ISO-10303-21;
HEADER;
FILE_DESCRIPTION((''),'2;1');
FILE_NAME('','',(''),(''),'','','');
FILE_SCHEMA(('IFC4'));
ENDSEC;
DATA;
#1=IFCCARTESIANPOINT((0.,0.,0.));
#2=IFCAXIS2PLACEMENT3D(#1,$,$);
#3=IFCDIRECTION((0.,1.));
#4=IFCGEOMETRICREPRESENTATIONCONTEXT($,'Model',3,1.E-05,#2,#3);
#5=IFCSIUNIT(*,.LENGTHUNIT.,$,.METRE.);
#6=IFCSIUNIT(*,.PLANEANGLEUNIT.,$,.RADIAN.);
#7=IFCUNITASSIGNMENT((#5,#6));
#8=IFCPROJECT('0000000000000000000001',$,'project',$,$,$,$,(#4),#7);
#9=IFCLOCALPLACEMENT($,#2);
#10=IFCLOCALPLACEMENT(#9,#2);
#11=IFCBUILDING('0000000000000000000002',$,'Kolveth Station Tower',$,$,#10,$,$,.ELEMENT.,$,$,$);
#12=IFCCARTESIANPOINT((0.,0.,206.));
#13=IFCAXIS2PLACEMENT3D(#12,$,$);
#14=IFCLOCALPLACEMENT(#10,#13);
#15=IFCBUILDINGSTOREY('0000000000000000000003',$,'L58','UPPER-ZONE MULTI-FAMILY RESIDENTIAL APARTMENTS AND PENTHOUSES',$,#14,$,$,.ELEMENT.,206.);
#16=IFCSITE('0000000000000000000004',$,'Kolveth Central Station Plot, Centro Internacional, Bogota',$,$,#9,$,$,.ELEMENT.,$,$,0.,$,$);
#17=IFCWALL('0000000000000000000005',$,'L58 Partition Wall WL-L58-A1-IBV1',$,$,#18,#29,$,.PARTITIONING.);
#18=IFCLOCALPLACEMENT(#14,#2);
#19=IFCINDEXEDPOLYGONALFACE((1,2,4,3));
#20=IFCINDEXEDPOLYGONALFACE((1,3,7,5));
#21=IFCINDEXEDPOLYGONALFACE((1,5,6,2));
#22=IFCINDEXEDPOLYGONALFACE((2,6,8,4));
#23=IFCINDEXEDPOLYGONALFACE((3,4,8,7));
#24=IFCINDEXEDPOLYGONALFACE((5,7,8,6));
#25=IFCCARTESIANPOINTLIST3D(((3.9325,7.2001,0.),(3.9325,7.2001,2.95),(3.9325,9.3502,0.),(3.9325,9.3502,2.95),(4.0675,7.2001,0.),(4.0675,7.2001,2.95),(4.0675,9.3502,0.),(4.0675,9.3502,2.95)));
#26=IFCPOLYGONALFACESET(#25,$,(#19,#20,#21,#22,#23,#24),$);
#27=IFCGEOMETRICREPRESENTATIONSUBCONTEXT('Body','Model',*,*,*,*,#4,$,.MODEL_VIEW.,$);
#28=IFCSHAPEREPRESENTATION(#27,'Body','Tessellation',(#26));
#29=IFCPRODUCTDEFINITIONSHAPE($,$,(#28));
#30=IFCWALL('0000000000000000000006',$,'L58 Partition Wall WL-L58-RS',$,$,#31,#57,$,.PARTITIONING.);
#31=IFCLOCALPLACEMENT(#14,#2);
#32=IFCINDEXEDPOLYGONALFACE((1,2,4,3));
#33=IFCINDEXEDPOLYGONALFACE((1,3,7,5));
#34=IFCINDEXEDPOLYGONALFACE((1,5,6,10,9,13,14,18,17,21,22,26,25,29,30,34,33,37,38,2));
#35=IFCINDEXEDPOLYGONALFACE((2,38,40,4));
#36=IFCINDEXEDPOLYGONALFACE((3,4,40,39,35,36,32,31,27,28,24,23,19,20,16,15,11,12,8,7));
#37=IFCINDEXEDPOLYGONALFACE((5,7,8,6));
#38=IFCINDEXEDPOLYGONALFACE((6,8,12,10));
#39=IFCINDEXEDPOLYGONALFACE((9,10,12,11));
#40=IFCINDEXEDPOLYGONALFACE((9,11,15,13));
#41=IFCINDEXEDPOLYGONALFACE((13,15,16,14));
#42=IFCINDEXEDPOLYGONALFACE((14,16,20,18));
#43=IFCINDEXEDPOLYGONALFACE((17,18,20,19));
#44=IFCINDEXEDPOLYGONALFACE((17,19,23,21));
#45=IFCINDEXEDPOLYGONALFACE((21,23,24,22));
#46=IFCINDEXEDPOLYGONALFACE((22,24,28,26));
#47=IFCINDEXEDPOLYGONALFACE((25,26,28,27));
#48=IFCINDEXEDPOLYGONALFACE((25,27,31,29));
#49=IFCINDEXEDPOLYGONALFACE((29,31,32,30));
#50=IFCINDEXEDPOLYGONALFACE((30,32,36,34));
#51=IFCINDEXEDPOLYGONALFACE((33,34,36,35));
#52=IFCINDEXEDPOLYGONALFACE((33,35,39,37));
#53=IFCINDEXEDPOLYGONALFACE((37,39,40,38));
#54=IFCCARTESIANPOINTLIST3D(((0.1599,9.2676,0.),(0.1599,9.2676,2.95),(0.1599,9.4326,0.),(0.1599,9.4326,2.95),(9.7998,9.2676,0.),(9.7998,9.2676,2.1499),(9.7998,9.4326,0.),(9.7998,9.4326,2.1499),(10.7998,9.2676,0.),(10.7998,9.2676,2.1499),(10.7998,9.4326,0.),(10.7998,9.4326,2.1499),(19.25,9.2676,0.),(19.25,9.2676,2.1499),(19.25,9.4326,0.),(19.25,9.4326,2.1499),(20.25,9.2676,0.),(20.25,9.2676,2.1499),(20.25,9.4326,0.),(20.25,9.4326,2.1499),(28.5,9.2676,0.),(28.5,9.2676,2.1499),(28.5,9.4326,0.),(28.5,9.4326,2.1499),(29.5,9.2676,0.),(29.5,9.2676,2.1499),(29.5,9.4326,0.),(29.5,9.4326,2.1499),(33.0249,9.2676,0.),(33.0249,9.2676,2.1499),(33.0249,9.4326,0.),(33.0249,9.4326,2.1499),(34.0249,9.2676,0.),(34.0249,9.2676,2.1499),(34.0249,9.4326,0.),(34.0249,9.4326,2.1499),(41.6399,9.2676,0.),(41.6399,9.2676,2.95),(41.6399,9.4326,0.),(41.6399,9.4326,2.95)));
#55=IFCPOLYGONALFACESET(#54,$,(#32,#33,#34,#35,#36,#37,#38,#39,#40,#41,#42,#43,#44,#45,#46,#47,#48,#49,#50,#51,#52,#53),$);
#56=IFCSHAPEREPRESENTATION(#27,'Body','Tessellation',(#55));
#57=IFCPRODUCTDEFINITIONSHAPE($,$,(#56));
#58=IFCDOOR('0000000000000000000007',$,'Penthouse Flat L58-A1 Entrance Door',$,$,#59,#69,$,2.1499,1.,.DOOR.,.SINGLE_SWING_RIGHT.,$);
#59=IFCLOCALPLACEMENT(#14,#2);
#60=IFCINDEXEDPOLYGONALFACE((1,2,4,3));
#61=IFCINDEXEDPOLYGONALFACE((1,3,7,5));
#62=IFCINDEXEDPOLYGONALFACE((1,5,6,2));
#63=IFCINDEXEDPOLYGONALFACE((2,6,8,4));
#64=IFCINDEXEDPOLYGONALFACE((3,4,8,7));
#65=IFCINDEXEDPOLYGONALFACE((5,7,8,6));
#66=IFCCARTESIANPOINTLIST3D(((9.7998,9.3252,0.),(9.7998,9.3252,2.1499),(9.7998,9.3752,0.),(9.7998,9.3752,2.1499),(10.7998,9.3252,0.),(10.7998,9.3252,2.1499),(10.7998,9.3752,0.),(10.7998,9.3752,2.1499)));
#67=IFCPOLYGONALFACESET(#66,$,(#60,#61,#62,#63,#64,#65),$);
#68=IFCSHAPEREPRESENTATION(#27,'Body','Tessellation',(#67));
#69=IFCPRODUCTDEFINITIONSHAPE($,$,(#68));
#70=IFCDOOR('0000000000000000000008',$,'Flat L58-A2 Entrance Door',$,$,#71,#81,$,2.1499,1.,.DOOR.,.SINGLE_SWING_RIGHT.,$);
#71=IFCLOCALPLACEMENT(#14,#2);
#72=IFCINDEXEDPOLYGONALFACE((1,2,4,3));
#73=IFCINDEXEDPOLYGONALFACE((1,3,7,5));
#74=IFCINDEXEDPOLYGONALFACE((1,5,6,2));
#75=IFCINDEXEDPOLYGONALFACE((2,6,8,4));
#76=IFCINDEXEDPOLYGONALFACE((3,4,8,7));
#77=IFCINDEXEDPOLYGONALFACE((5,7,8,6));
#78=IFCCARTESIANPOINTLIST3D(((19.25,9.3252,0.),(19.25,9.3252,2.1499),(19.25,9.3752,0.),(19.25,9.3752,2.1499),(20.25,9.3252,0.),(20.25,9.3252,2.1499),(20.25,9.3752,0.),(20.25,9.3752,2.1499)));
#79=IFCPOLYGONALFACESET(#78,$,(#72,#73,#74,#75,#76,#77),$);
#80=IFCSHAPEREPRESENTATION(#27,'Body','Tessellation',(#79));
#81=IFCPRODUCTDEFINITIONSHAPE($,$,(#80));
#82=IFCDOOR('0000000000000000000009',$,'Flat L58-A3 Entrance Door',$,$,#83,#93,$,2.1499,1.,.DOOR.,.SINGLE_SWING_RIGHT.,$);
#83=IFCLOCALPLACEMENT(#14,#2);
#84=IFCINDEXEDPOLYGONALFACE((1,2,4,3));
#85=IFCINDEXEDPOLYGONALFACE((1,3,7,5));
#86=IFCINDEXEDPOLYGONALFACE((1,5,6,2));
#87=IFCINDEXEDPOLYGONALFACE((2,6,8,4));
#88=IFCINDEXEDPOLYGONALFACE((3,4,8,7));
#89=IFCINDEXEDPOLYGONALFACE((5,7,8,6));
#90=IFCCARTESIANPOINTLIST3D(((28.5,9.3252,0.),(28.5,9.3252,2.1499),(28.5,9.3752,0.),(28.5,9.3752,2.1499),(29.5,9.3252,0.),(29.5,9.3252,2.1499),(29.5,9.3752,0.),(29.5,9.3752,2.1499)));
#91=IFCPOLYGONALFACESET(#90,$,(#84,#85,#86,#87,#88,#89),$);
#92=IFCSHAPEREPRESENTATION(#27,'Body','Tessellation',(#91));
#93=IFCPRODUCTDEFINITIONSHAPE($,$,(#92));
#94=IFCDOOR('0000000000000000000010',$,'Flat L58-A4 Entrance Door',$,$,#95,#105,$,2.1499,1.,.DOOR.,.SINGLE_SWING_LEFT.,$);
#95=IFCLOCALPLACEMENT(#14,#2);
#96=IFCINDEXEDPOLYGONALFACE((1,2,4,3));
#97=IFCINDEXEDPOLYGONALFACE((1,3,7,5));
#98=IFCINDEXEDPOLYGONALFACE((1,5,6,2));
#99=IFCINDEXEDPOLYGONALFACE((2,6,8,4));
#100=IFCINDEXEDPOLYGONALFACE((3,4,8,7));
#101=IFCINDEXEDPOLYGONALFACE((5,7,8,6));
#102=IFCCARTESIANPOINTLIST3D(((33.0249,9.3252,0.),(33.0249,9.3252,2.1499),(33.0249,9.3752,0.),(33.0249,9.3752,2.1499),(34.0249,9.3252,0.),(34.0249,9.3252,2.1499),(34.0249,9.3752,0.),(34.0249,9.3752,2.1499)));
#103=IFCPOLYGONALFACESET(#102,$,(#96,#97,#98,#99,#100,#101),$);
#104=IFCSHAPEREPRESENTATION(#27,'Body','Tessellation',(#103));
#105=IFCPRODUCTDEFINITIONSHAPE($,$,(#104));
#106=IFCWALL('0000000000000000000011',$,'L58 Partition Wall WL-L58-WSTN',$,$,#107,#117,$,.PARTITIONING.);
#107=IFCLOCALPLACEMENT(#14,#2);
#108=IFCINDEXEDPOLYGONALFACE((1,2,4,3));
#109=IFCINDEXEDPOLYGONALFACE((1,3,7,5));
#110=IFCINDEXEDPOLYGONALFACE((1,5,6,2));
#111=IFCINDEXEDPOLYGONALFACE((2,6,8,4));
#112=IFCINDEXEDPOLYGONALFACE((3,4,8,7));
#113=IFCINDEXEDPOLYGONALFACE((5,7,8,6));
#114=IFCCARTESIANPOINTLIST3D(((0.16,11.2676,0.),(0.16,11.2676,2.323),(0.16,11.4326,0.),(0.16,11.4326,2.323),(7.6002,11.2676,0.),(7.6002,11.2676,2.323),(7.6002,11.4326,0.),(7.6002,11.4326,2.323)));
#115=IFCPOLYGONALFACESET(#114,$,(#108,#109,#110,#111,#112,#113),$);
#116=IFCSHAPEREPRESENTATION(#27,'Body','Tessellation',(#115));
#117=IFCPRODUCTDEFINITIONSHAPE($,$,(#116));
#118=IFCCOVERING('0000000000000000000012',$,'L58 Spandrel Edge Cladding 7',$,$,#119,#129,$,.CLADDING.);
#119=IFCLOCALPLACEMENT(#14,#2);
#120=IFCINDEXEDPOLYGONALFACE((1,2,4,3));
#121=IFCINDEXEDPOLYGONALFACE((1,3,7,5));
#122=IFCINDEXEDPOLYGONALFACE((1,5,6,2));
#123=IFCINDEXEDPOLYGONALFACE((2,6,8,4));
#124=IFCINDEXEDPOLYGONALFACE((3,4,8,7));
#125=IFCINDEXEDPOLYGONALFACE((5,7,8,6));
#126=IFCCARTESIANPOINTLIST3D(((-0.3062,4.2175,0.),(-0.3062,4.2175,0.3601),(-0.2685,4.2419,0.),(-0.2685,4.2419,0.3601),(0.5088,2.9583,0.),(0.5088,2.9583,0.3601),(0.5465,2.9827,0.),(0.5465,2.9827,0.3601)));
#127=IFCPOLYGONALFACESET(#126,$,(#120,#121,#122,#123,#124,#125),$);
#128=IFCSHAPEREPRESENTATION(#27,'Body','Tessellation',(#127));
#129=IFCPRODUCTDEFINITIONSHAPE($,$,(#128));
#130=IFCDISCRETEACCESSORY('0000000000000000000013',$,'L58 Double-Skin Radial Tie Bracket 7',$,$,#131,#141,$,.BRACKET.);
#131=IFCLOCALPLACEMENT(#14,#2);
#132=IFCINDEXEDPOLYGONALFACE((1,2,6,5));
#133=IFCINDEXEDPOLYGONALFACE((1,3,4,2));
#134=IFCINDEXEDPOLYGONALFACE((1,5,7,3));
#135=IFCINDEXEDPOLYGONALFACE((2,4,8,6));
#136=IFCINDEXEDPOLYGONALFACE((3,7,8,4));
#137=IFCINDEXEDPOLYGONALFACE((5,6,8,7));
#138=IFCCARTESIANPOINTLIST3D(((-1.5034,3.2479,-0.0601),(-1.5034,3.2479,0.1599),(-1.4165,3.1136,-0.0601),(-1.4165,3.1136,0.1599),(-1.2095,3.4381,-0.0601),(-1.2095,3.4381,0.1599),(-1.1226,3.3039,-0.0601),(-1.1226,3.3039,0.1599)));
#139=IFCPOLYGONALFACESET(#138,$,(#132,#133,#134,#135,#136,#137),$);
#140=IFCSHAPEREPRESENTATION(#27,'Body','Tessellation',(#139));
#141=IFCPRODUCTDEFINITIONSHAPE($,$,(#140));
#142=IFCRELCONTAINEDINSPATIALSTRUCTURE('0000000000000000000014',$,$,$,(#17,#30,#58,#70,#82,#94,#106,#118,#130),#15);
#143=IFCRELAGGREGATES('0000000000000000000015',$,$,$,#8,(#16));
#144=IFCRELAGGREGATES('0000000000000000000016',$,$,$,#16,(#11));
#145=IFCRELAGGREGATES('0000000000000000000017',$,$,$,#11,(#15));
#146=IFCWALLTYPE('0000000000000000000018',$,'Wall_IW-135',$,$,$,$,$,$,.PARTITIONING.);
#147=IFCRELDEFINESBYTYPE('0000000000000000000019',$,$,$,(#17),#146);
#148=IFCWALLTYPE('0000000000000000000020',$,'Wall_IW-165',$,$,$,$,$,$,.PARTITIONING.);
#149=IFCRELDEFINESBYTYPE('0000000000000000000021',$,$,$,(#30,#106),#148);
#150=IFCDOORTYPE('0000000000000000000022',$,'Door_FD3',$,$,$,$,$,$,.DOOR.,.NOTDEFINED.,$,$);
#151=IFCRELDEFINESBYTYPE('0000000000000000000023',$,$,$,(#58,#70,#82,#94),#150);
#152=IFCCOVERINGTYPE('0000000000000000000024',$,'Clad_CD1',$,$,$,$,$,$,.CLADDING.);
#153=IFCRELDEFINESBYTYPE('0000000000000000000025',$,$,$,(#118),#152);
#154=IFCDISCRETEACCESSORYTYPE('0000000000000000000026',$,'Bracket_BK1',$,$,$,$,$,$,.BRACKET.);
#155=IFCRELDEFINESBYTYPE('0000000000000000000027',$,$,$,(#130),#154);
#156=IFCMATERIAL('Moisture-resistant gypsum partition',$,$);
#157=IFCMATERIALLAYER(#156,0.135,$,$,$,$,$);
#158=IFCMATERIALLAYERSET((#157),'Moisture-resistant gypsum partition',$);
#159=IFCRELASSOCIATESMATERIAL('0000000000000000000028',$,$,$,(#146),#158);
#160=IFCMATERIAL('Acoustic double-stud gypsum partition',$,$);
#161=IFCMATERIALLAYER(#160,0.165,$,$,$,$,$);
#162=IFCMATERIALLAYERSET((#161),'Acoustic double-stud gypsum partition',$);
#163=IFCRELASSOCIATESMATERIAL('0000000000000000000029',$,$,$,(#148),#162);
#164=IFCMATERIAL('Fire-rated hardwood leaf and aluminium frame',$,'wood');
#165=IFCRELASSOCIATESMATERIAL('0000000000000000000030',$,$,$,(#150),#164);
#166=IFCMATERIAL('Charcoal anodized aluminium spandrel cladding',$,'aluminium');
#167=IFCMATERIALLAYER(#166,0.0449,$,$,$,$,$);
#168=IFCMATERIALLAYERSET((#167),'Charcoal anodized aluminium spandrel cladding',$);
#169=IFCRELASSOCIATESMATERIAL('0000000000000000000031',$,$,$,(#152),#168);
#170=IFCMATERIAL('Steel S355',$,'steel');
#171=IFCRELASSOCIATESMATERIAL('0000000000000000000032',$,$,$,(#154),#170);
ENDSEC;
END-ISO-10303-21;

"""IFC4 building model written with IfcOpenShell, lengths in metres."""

from ifc_helpers import new_model, si_unit, direction, frame, frame_2d, origin, origin_2d, place, context, subcontext, project, spatial, rectangle, extrude, source, transform, mapped, material, layer, layer_set, type_object, element, fill, save


model = new_model("IFC4")

# Units and contexts
model_context = context("Model", 3, precision=1e-05, world=origin(), true_north=direction((0.0, 1.0)))
body_context = subcontext(model_context, "Body", "Model", "MODEL_VIEW")
ifc_project = project(units=[si_unit("LENGTHUNIT", "METRE"), si_unit("PLANEANGLEUNIT", "RADIAN")], contexts=[model_context])

# Site, building, storey
site_placement = place(None, origin())
site = spatial("IfcSite", under=ifc_project, at=site_placement, Name="Kolveth Central Station Plot, Centro Internacional, Bogota", CompositionType="ELEMENT", RefElevation=0.0)
building_placement = place(site_placement, origin())
building = spatial("IfcBuilding", under=site, at=building_placement, Name="Kolveth Station Tower", CompositionType="ELEMENT")
storey_placement = place(building_placement, frame((0.0, 0.0, 206.0)))
storey = spatial("IfcBuildingStorey", under=building, at=storey_placement, Name="L58", Description="UPPER-ZONE MULTI-FAMILY RESIDENTIAL APARTMENTS AND PENTHOUSES", CompositionType="ELEMENT", Elevation=206.0)

# Shared definitions
ifc_material_1 = material(Name="Steel S355", Category="steel")

# Shared definitions
ifc_material_2 = material(Name="Moisture-resistant gypsum partition")
ifc_layer_1 = layer(ifc_material_2, 0.135)
ifc_layer_set_1 = layer_set([ifc_layer_1], Name="Moisture-resistant gypsum partition")
wall_type_1 = type_object("IfcWallType", Name="Wall_IW-135", PredefinedType="PARTITIONING", material=ifc_layer_set_1)

# Wall
for number, where, z_axis, x_axis, name in (
    (1, (4.0, 7.2, 0.0), (0.0, 0.0, 1.0), (0.0, 1.0, 0.0), "L58 Partition Wall WL-L58-A1-IBV1"),
):
    element("IfcWall", number, at=place(storey_placement, frame(where, z_axis=z_axis, x_axis=x_axis)), inside=storey, type_object=wall_type_1, Name=name, PredefinedType="PARTITIONING", context=body_context, shape_type="SweptSolid", body=[
        extrude(rectangle(XDim=2.1501, YDim=0.135, at=frame_2d((1.0752, 0.0))), origin(), (0.0, 0.0, 1.0), 2.95),
    ])

# Wall, openings, doors
ifc_material_3 = material(Name="Acoustic double-stud gypsum partition")
ifc_layer_2 = layer(ifc_material_3, 0.165)
ifc_layer_set_2 = layer_set([ifc_layer_2], Name="Acoustic double-stud gypsum partition")
wall_type_2 = type_object("IfcWallType", Name="Wall_IW-165", PredefinedType="PARTITIONING", material=ifc_layer_set_2)
wall_1_placement = place(storey_placement, frame((0.1599, 9.3501, 0.0), z_axis=(0.0, 0.0, 1.0), x_axis=(1.0, 0.0, 0.0)))
wall_1 = element("IfcWall", 2, at=wall_1_placement, inside=storey, type_object=wall_type_2, Name="L58 Partition Wall WL-L58-RS", PredefinedType="PARTITIONING", context=body_context, shape_type="SweptSolid", body=[
    extrude(rectangle(XDim=41.48, YDim=0.165, at=frame_2d((20.74, 0.0))), origin(), (0.0, 0.0, 1.0), 2.95),
])
opening_1_placement = place(wall_1_placement, frame((9.6399, 0.0, 0.0)))
opening_1 = element("IfcOpeningElement", 3, at=opening_1_placement, cuts=wall_1, PredefinedType="OPENING", context=body_context, shape_type="SweptSolid", body=[
    extrude(rectangle(XDim=1.0, YDim=2.1499, at=frame_2d((0.5, 1.075))), frame((0.0, 0.0925, 0.0), z_axis=(0.0, -1.0, 0.0), x_axis=(1.0, 0.0, 0.0)), (0.0, 0.0, 1.0), 0.1851),
])
opening_2_placement = place(wall_1_placement, frame((19.0901, 0.0, 0.0)))
opening_2 = element("IfcOpeningElement", 4, at=opening_2_placement, cuts=wall_1, PredefinedType="OPENING", context=body_context, shape_type="SweptSolid", body=[
    extrude(rectangle(XDim=1.0, YDim=2.1499, at=frame_2d((0.5, 1.075))), frame((0.0, 0.0925, 0.0), z_axis=(0.0, -1.0, 0.0), x_axis=(1.0, 0.0, 0.0)), (0.0, 0.0, 1.0), 0.1851),
])
opening_3_placement = place(wall_1_placement, frame((28.3401, 0.0, 0.0)))
opening_3 = element("IfcOpeningElement", 5, at=opening_3_placement, cuts=wall_1, PredefinedType="OPENING", context=body_context, shape_type="SweptSolid", body=[
    extrude(rectangle(XDim=1.0, YDim=2.1499, at=frame_2d((0.5, 1.075))), frame((0.0, 0.0925, 0.0), z_axis=(0.0, -1.0, 0.0), x_axis=(1.0, 0.0, 0.0)), (0.0, 0.0, 1.0), 0.1851),
])
opening_4_placement = place(wall_1_placement, frame((32.865, 0.0, 0.0)))
opening_4 = element("IfcOpeningElement", 6, at=opening_4_placement, cuts=wall_1, PredefinedType="OPENING", context=body_context, shape_type="SweptSolid", body=[
    extrude(rectangle(XDim=1.0, YDim=2.1499, at=frame_2d((0.5, 1.075))), frame((0.0, 0.0925, 0.0), z_axis=(0.0, -1.0, 0.0), x_axis=(1.0, 0.0, 0.0)), (0.0, 0.0, 1.0), 0.1851),
])
ifc_material_4 = material(Name="Fire-rated hardwood leaf and aluminium frame", Category="wood")
door_type_1 = type_object("IfcDoorType", Name="Door_FD3", OperationType="NOTDEFINED", PredefinedType="DOOR", material=ifc_material_4)
door_1_placement = place(opening_1_placement, frame((1.0, 0.0, 0.0), z_axis=(0.0, 0.0, 1.0), x_axis=(-1.0, 0.0, 0.0)))
door_1 = element("IfcDoor", 7, at=door_1_placement, inside=storey, type_object=door_type_1, Name="Penthouse Flat L58-A1 Entrance Door", OperationType="SINGLE_SWING_RIGHT", OverallHeight=2.1499, OverallWidth=1.0, PredefinedType="DOOR", context=body_context, shape_type="SweptSolid", body=[
    extrude(rectangle(XDim=1.0, YDim=2.1499, at=frame_2d((0.5, 1.075))), frame((0.0, 0.0249, 0.0), z_axis=(0.0, -1.0, 0.0), x_axis=(1.0, 0.0, 0.0)), (0.0, 0.0, 1.0), 0.05),
])
fill(opening_1, door_1)
door_2_placement = place(opening_2_placement, frame((1.0, 0.0, 0.0), z_axis=(0.0, 0.0, 1.0), x_axis=(-1.0, 0.0, 0.0)))
door_2 = element("IfcDoor", 8, at=door_2_placement, inside=storey, type_object=door_type_1, Name="Flat L58-A2 Entrance Door", OperationType="SINGLE_SWING_RIGHT", OverallHeight=2.1499, OverallWidth=1.0, PredefinedType="DOOR", context=body_context, shape_type="SweptSolid", body=[
    extrude(rectangle(XDim=1.0, YDim=2.1499, at=frame_2d((0.5, 1.075))), frame((0.0, 0.0249, 0.0), z_axis=(0.0, -1.0, 0.0), x_axis=(1.0, 0.0, 0.0)), (0.0, 0.0, 1.0), 0.05),
])
fill(opening_2, door_2)
door_3_placement = place(opening_3_placement, frame((1.0, 0.0, 0.0), z_axis=(0.0, 0.0, 1.0), x_axis=(-1.0, 0.0, 0.0)))
door_3 = element("IfcDoor", 9, at=door_3_placement, inside=storey, type_object=door_type_1, Name="Flat L58-A3 Entrance Door", OperationType="SINGLE_SWING_RIGHT", OverallHeight=2.1499, OverallWidth=1.0, PredefinedType="DOOR", context=body_context, shape_type="SweptSolid", body=[
    extrude(rectangle(XDim=1.0, YDim=2.1499, at=frame_2d((0.5, 1.075))), frame((0.0, 0.0249, 0.0), z_axis=(0.0, -1.0, 0.0), x_axis=(1.0, 0.0, 0.0)), (0.0, 0.0, 1.0), 0.05),
])
fill(opening_3, door_3)
door_4_placement = place(opening_4_placement, frame((1.0, 0.0, 0.0), z_axis=(0.0, 0.0, 1.0), x_axis=(-1.0, 0.0, 0.0)))
door_4 = element("IfcDoor", 10, at=door_4_placement, inside=storey, type_object=door_type_1, Name="Flat L58-A4 Entrance Door", OperationType="SINGLE_SWING_LEFT", OverallHeight=2.1499, OverallWidth=1.0, PredefinedType="DOOR", context=body_context, shape_type="SweptSolid", body=[
    extrude(rectangle(XDim=1.0, YDim=2.1499, at=frame_2d((0.5, 1.075))), frame((0.0, 0.0249, 0.0), z_axis=(0.0, -1.0, 0.0), x_axis=(1.0, 0.0, 0.0)), (0.0, 0.0, 1.0), 0.05),
])
fill(opening_4, door_4)

# Wall
wall_2_placement = place(storey_placement, frame((0.1599, 11.3501, 0.0), z_axis=(0.0, 0.0, 1.0), x_axis=(1.0, 0.0, 0.0)))
element("IfcWall", 11, at=wall_2_placement, inside=storey, type_object=wall_type_2, Name="L58 Partition Wall WL-L58-WSTN", PredefinedType="PARTITIONING", context=body_context, shape_type="SweptSolid", body=[
    extrude(rectangle(XDim=7.4402, YDim=0.165, at=frame_2d((3.7202, 0.0))), origin(), (0.0, 0.0, 1.0), 2.323),
])

# Covering
ifc_material_5 = material(Name="Charcoal anodized aluminium spandrel cladding", Category="aluminium")
ifc_layer_3 = layer(ifc_material_5, 0.0449)
ifc_layer_set_3 = layer_set([ifc_layer_3], Name="Charcoal anodized aluminium spandrel cladding")
covering_type = type_object("IfcCoveringType", Name="Clad_CD1", PredefinedType="CLADDING", material=ifc_layer_set_3)
shared_shape_1 = source(origin(), body_context, "Body", "SweptSolid", [
    extrude(rectangle(XDim=1.5, YDim=0.0449, at=origin_2d()), origin(), (0.0, 0.0, 1.0), 0.3601),
])
covering_placement = place(storey_placement, frame((0.1201, 3.6001, 0.0), z_axis=(0.0, 0.0, 1.0), x_axis=(0.543321, -0.839525, 0.0)))
element("IfcCovering", 12, at=covering_placement, inside=storey, type_object=covering_type, Name="L58 Spandrel Edge Cladding 7", PredefinedType="CLADDING", context=body_context, shape_type="MappedRepresentation", body=[
    mapped(shared_shape_1, transform((0.0, 0.0, 0.0), x_axis=(1.0, 0.0, 0.0), y_axis=(0.0, 1.0, 0.0), z_axis=(0.0, 0.0, 1.0), scale=1.0)),
])

# Discrete accessory
discrete_accessory_type = type_object("IfcDiscreteAccessoryType", Name="Bracket_BK1", PredefinedType="BRACKET", material=ifc_material_1)
shared_shape_2 = source(origin(), body_context, "Body", "SweptSolid", [
    extrude(rectangle(XDim=0.3501, YDim=0.1599, at=origin_2d()), origin(), (0.0, 0.0, 1.0), 0.22),
])
discrete_accessory_placement = place(storey_placement, frame((-1.313, 3.2759, -0.0601), z_axis=(0.0, 0.0, 1.0), x_axis=(-0.839525, -0.543321, 0.0)))
element("IfcDiscreteAccessory", 13, at=discrete_accessory_placement, inside=storey, type_object=discrete_accessory_type, Name="L58 Double-Skin Radial Tie Bracket 7", PredefinedType="BRACKET", context=body_context, shape_type="MappedRepresentation", body=[
    mapped(shared_shape_2, transform((0.0, 0.0, 0.0), x_axis=(1.0, 0.0, 0.0), y_axis=(0.0, 1.0, 0.0), z_axis=(0.0, 0.0, 1.0), scale=1.0)),
])

save(model, "model.ifc")
